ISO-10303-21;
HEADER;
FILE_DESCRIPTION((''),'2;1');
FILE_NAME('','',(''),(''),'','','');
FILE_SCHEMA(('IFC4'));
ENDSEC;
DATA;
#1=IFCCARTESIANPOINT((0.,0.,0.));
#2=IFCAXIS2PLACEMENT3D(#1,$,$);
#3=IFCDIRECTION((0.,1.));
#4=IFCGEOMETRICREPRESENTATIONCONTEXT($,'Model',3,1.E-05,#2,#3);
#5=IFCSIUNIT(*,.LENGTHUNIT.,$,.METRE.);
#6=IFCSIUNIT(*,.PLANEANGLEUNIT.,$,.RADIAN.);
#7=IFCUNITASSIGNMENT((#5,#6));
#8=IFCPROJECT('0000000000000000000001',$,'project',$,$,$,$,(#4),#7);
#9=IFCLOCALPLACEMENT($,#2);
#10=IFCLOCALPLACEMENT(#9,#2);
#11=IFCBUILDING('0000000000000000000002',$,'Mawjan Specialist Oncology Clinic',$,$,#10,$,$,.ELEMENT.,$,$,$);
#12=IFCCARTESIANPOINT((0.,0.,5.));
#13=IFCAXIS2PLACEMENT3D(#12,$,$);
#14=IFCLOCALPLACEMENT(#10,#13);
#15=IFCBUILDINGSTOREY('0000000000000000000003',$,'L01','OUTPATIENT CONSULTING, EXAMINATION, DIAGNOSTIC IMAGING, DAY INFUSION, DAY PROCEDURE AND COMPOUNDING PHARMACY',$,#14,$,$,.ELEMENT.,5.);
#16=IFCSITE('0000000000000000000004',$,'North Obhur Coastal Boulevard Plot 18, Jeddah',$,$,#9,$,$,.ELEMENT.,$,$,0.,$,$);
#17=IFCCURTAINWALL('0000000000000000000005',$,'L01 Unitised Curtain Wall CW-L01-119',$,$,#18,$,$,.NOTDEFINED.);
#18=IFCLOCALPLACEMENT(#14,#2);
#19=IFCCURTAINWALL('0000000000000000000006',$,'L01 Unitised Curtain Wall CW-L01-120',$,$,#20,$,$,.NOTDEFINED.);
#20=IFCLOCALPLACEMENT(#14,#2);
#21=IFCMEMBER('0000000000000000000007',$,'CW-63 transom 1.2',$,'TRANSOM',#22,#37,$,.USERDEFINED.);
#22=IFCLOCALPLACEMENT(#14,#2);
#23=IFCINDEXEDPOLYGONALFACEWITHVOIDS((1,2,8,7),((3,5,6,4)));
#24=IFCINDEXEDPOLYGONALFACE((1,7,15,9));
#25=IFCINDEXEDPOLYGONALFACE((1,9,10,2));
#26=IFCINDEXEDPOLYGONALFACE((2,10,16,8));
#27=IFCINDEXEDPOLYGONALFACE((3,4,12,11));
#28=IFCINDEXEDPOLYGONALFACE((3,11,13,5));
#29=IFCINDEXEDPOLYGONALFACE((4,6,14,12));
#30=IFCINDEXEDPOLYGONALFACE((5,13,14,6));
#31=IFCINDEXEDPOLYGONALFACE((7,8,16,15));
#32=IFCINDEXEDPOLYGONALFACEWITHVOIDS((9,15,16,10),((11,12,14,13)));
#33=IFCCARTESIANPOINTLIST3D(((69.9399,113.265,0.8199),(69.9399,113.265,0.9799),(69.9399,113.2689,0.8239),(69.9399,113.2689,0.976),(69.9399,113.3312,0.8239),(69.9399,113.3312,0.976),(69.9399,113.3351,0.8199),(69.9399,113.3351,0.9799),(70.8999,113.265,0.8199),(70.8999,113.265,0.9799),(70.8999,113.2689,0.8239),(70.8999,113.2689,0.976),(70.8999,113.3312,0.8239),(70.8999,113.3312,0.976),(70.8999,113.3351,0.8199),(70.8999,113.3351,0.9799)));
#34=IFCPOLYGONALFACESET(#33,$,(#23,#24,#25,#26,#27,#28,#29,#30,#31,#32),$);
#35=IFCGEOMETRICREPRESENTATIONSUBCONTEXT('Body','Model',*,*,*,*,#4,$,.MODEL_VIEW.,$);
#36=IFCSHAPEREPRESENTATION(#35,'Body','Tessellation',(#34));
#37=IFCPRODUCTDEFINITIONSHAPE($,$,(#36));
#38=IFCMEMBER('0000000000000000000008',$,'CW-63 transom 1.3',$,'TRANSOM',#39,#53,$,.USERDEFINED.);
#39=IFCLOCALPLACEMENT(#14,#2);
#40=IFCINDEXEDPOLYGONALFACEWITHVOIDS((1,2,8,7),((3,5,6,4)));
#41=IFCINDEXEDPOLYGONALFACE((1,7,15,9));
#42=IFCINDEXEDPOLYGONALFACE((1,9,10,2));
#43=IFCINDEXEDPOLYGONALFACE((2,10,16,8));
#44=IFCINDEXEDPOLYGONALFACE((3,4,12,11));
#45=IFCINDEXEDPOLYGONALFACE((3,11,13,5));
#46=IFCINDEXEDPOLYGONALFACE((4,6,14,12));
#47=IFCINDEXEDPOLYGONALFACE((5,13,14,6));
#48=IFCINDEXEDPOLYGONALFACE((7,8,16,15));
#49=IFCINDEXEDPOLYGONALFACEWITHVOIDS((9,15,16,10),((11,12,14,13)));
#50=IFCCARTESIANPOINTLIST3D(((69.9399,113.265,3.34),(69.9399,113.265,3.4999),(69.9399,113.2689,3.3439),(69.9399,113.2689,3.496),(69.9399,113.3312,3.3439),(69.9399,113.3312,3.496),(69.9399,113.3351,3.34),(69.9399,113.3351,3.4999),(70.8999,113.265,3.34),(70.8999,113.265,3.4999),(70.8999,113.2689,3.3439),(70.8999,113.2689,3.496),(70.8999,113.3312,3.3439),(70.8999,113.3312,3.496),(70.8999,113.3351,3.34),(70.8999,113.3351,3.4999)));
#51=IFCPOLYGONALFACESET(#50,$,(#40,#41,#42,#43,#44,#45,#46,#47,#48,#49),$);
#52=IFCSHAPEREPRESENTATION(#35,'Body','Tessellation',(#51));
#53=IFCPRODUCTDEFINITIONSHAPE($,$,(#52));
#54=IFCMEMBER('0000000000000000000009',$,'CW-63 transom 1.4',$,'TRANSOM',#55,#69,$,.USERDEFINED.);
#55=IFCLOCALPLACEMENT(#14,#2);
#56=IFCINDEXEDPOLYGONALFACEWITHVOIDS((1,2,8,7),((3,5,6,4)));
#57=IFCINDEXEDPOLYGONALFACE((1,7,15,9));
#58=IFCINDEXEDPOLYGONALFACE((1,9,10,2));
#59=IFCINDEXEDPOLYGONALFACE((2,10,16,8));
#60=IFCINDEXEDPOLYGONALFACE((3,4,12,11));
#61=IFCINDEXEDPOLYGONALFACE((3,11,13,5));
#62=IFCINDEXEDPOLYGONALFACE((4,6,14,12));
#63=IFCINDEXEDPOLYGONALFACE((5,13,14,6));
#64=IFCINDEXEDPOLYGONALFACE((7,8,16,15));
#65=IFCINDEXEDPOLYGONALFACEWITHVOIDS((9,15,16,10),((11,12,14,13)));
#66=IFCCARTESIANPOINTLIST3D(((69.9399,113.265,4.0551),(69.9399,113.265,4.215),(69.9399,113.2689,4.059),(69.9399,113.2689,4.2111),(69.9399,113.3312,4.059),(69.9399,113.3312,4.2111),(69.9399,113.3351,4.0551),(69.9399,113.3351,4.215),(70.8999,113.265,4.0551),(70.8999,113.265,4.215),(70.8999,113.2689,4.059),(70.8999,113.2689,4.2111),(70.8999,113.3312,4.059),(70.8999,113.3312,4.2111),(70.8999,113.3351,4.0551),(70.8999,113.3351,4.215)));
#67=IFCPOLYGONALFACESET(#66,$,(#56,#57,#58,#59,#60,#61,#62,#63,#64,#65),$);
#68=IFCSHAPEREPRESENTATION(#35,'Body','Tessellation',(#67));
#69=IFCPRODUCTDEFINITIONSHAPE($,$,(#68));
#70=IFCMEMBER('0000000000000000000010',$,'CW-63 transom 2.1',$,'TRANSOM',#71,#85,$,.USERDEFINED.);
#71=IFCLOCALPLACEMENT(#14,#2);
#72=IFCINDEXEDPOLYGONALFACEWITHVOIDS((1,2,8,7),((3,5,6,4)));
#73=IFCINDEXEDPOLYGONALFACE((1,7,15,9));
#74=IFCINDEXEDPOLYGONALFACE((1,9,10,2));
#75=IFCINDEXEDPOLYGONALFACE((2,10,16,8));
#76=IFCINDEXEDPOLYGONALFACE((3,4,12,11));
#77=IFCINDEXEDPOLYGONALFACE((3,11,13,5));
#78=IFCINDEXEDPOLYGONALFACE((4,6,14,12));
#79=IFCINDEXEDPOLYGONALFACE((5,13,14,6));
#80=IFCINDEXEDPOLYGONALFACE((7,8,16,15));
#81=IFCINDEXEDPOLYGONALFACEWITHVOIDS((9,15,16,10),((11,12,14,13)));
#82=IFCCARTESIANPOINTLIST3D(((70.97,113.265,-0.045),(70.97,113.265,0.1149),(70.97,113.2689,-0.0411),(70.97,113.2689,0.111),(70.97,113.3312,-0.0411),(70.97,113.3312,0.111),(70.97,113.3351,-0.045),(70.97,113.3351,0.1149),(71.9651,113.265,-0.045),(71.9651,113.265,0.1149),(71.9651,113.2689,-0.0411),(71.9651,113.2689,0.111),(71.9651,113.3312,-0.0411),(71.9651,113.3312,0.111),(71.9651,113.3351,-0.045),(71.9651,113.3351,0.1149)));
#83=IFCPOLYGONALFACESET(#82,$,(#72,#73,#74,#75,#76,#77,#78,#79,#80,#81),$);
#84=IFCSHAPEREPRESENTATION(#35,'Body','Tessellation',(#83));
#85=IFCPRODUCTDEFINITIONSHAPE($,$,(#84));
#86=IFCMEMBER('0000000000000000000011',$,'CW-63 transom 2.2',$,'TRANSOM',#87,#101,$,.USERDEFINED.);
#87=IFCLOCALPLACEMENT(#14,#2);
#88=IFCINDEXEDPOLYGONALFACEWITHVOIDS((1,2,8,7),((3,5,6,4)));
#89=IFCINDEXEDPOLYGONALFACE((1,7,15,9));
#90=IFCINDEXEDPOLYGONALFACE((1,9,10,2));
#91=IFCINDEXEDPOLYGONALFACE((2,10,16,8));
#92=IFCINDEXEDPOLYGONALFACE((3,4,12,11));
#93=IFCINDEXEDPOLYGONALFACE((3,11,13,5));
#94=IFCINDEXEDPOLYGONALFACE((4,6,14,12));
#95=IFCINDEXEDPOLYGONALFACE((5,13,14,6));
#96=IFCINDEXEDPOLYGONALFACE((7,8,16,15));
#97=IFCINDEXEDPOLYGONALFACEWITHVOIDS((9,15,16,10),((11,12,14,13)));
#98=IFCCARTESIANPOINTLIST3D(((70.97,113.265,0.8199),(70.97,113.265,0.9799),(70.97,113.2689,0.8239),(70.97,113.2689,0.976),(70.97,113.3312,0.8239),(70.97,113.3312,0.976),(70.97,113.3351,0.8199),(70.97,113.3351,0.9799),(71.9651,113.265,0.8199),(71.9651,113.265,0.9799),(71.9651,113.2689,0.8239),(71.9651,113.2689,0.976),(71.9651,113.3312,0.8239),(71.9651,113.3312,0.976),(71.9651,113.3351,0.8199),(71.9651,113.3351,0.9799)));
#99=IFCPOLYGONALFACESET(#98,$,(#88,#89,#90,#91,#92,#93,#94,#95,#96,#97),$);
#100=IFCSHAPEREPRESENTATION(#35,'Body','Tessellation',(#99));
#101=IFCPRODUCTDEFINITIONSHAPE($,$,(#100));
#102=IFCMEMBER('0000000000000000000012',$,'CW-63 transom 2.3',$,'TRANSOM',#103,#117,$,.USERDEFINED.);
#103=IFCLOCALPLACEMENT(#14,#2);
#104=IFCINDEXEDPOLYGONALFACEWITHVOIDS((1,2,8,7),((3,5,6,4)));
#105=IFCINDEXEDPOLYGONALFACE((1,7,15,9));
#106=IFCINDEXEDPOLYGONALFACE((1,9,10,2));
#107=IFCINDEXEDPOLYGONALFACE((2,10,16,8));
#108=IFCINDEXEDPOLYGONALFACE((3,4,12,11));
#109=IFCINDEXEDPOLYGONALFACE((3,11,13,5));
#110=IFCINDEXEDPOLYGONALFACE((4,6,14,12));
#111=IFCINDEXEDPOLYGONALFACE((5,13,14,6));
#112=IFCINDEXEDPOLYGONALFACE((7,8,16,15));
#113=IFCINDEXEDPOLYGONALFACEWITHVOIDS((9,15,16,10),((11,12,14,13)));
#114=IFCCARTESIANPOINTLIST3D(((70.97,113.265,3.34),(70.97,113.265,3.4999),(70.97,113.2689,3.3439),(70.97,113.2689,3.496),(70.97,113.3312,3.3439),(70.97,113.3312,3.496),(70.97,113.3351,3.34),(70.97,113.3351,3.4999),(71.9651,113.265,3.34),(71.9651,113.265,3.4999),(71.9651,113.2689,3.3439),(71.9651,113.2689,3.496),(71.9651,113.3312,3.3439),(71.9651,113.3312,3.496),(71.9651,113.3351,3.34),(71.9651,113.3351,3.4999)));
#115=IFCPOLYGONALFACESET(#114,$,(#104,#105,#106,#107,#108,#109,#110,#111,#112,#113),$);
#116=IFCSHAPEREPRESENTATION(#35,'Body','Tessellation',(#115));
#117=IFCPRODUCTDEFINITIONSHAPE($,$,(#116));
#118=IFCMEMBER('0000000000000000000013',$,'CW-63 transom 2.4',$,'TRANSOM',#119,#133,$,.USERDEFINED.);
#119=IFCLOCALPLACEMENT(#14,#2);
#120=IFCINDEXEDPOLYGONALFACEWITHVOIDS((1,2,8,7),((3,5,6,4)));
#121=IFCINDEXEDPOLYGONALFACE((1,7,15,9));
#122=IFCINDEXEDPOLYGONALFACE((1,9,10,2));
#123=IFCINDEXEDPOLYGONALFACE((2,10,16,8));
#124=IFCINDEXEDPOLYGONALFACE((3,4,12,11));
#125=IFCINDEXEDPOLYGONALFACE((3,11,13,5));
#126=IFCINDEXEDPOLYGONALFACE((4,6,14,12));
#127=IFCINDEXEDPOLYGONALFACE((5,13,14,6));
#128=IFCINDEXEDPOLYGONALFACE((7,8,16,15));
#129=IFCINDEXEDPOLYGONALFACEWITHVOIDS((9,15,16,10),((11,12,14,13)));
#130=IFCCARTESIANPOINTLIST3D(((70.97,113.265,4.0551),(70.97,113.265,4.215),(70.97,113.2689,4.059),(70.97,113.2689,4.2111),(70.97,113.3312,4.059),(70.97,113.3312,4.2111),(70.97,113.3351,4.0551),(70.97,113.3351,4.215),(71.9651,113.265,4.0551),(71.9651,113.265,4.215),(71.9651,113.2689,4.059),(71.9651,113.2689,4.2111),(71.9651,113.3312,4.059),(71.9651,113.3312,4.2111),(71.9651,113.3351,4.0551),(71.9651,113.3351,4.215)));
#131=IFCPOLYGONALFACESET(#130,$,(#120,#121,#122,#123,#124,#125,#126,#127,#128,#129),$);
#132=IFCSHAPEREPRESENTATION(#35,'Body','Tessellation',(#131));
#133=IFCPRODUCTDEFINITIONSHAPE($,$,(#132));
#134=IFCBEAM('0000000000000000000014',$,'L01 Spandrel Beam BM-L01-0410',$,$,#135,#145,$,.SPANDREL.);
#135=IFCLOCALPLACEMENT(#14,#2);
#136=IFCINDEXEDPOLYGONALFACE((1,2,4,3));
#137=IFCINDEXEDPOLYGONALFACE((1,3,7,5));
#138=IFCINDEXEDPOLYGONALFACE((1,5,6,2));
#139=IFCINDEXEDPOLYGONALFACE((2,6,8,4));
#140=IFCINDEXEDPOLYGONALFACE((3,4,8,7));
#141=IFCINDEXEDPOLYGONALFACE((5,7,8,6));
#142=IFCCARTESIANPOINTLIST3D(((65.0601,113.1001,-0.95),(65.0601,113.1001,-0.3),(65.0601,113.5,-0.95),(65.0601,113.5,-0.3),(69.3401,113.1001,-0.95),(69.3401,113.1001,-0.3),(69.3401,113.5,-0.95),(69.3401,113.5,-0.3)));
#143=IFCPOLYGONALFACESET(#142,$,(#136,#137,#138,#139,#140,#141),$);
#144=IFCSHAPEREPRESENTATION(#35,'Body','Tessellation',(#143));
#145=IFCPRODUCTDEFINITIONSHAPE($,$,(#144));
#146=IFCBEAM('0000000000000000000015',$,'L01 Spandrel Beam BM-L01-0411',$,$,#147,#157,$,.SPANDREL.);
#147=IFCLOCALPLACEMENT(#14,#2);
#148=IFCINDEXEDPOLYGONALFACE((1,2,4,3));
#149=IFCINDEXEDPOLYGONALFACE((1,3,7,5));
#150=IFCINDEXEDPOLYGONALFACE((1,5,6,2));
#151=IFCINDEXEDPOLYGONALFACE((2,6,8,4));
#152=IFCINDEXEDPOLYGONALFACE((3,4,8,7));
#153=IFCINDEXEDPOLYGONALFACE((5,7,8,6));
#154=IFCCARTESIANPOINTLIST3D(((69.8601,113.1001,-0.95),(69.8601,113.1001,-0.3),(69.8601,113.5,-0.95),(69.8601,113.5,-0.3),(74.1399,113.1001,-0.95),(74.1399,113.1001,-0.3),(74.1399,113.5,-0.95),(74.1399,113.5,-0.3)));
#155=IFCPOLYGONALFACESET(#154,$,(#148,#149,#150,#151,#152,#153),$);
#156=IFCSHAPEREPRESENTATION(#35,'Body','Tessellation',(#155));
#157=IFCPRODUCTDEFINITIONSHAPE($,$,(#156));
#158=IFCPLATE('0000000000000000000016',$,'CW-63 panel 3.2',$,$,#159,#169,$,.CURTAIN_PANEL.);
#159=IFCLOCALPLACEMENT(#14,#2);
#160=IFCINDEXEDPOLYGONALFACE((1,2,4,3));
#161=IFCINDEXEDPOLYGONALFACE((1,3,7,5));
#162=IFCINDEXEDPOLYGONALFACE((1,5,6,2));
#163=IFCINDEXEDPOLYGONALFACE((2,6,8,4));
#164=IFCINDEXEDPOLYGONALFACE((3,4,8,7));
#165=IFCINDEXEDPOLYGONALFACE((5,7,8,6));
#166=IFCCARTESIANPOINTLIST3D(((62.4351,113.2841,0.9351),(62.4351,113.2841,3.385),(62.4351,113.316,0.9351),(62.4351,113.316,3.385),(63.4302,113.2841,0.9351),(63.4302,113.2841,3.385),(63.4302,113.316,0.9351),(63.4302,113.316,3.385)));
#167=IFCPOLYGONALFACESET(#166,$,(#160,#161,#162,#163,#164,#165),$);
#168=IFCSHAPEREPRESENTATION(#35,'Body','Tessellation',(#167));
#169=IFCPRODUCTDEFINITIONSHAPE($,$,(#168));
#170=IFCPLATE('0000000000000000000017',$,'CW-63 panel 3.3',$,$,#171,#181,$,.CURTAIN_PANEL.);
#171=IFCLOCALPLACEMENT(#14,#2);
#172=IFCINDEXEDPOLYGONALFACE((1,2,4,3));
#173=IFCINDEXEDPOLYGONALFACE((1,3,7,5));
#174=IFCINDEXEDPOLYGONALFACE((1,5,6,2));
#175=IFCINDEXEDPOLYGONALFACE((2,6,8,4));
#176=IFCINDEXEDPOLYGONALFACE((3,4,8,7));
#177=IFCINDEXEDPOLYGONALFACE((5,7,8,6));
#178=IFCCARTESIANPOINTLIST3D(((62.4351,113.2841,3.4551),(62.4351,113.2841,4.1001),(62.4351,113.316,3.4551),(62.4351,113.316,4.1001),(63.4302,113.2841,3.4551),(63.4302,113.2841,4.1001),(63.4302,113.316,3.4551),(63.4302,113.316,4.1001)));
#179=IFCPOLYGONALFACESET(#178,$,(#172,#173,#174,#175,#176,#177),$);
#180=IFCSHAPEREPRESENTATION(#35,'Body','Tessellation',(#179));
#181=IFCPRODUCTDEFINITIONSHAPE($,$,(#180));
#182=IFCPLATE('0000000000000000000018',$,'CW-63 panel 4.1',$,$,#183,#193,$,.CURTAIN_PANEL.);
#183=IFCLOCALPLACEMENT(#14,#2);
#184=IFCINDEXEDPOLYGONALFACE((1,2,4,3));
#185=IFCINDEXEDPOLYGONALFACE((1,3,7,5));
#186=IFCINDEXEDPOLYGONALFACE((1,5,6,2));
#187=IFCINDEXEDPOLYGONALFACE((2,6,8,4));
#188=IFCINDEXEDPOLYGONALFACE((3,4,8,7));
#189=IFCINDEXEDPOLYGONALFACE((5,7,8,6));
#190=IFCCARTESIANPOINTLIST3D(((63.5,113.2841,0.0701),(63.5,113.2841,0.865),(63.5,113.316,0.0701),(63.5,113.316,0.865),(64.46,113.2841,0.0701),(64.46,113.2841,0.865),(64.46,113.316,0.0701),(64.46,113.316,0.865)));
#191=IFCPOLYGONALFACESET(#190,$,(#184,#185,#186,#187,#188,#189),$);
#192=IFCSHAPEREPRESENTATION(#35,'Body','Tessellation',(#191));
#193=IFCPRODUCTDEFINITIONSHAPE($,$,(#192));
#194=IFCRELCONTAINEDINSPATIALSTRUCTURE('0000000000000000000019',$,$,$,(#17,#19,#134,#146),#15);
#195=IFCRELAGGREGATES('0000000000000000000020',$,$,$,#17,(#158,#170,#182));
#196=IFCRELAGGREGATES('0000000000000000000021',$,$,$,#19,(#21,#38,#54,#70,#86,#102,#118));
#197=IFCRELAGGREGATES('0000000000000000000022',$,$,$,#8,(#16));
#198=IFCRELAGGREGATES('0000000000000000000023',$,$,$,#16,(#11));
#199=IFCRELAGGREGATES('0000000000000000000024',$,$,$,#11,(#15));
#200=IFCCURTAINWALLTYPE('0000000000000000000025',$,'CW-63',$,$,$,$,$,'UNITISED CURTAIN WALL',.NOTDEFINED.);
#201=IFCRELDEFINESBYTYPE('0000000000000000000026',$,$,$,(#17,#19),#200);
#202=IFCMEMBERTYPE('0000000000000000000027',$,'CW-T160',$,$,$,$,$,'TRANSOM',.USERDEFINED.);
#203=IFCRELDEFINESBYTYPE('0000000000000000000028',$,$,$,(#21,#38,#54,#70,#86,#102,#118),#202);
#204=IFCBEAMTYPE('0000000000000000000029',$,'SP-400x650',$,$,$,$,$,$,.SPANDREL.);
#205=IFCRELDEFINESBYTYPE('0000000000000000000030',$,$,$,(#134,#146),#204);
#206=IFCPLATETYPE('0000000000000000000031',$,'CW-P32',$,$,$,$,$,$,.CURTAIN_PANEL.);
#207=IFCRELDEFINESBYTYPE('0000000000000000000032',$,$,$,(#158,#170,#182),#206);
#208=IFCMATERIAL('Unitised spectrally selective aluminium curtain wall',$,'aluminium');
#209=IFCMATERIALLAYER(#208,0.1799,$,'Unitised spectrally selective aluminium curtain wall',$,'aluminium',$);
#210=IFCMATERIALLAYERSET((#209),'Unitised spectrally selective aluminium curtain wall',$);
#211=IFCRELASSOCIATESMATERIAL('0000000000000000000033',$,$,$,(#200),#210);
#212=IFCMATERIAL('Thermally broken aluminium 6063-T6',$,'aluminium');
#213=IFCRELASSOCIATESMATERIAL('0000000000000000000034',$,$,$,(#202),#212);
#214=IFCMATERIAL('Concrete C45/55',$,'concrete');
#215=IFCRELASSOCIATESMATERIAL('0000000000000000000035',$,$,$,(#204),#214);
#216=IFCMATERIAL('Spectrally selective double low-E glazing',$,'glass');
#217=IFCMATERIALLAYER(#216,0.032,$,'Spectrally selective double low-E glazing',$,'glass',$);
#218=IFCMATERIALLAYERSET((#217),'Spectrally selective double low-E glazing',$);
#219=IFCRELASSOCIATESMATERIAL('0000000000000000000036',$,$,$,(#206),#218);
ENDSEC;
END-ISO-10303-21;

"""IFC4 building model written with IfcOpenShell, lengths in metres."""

from ifc_helpers import new_model, si_unit, direction, frame, origin, origin_2d, place, context, subcontext, project, spatial, rectangle, hollow_rectangle, extrude, material, layer, layer_set, material_profile, profile_set, type_object, element, aggregate, save


model = new_model("IFC4")

# Units and contexts
model_context = context("Model", 3, precision=1e-05, world=origin(), true_north=direction((0.0, 1.0)))
body_context = subcontext(model_context, "Body", "Model", "MODEL_VIEW")
ifc_project = project(units=[si_unit("LENGTHUNIT", "METRE"), si_unit("PLANEANGLEUNIT", "RADIAN")], contexts=[model_context])

# Site, building, storey
site_placement = place(None, origin())
site = spatial("IfcSite", under=ifc_project, at=site_placement, Name="North Obhur Coastal Boulevard Plot 18, Jeddah", CompositionType="ELEMENT", RefElevation=0.0)
building_placement = place(site_placement, origin())
building = spatial("IfcBuilding", under=site, at=building_placement, Name="Mawjan Specialist Oncology Clinic", CompositionType="ELEMENT")
storey_placement = place(building_placement, frame((0.0, 0.0, 5.0)))
storey = spatial("IfcBuildingStorey", under=building, at=storey_placement, Name="L01", Description="OUTPATIENT CONSULTING, EXAMINATION, DIAGNOSTIC IMAGING, DAY INFUSION, DAY PROCEDURE AND COMPOUNDING PHARMACY", CompositionType="ELEMENT", Elevation=5.0)

# Curtain walls
ifc_material_1 = material(Name="Unitised spectrally selective aluminium curtain wall", Category="aluminium")
ifc_layer_1 = layer(ifc_material_1, 0.1799, Name="Unitised spectrally selective aluminium curtain wall", Category="aluminium")
ifc_layer_set_1 = layer_set([ifc_layer_1], Name="Unitised spectrally selective aluminium curtain wall")
curtain_wall_type = type_object("IfcCurtainWallType", Name="CW-63", ElementType="UNITISED CURTAIN WALL", PredefinedType="NOTDEFINED", material=ifc_layer_set_1)
curtain_wall_1_placement = place(storey_placement, origin())
curtain_wall_1 = element("IfcCurtainWall", 1, at=curtain_wall_1_placement, inside=storey, type_object=curtain_wall_type, Name="L01 Unitised Curtain Wall CW-L01-119", PredefinedType="NOTDEFINED")
curtain_wall_2_placement = place(storey_placement, origin())
curtain_wall_2 = element("IfcCurtainWall", 2, at=curtain_wall_2_placement, inside=storey, type_object=curtain_wall_type, Name="L01 Unitised Curtain Wall CW-L01-120", PredefinedType="NOTDEFINED")

# Members
ifc_material_2 = material(Name="Thermally broken aluminium 6063-T6", Category="aluminium")
ifc_material_profile_1 = material_profile(ifc_material_2, hollow_rectangle(XDim=0.0701, YDim=0.1599, WallThickness=0.0039, at=origin_2d()), Name="ALU TRANSOM 160x70x4", Category="aluminium")
ifc_profile_set_1 = profile_set([ifc_material_profile_1], Name="Thermally broken aluminium 6063-T6")
member_type_1 = type_object("IfcMemberType", Name="CW-T160", ElementType="TRANSOM", PredefinedType="USERDEFINED", material=ifc_profile_set_1)
member_1_placement = place(storey_placement, frame((69.9399, 113.3, 0.8999), z_axis=(1.0, 0.0, 0.0), x_axis=(0.0, 1.0, 0.0)))
member_1 = element("IfcMember", 3, at=member_1_placement, type_object=member_type_1, Name="CW-63 transom 1.2", ObjectType="TRANSOM", PredefinedType="USERDEFINED", context=body_context, shape_type="SweptSolid", body=[
    extrude(hollow_rectangle(XDim=0.0701, YDim=0.1599, WallThickness=0.0039, at=origin_2d()), origin(), (0.0, 0.0, 1.0), 0.96),
])
member_2_placement = place(storey_placement, frame((69.9399, 113.3, 3.4199), z_axis=(1.0, 0.0, 0.0), x_axis=(0.0, 1.0, 0.0)))
member_2 = element("IfcMember", 4, at=member_2_placement, type_object=member_type_1, Name="CW-63 transom 1.3", ObjectType="TRANSOM", PredefinedType="USERDEFINED", context=body_context, shape_type="SweptSolid", body=[
    extrude(hollow_rectangle(XDim=0.0701, YDim=0.1599, WallThickness=0.0039, at=origin_2d()), origin(), (0.0, 0.0, 1.0), 0.96),
])
member_3_placement = place(storey_placement, frame((69.9399, 113.3, 4.135), z_axis=(1.0, 0.0, 0.0), x_axis=(0.0, 1.0, 0.0)))
member_3 = element("IfcMember", 5, at=member_3_placement, type_object=member_type_1, Name="CW-63 transom 1.4", ObjectType="TRANSOM", PredefinedType="USERDEFINED", context=body_context, shape_type="SweptSolid", body=[
    extrude(hollow_rectangle(XDim=0.0701, YDim=0.1599, WallThickness=0.0039, at=origin_2d()), origin(), (0.0, 0.0, 1.0), 0.96),
])
member_4_placement = place(storey_placement, frame((70.97, 113.3, 0.0349), z_axis=(1.0, 0.0, 0.0), x_axis=(0.0, 1.0, 0.0)))
member_4 = element("IfcMember", 6, at=member_4_placement, type_object=member_type_1, Name="CW-63 transom 2.1", ObjectType="TRANSOM", PredefinedType="USERDEFINED", context=body_context, shape_type="SweptSolid", body=[
    extrude(hollow_rectangle(XDim=0.0701, YDim=0.1599, WallThickness=0.0039, at=origin_2d()), origin(), (0.0, 0.0, 1.0), 0.9951),
])
member_5_placement = place(storey_placement, frame((70.97, 113.3, 0.8999), z_axis=(1.0, 0.0, 0.0), x_axis=(0.0, 1.0, 0.0)))
member_5 = element("IfcMember", 7, at=member_5_placement, type_object=member_type_1, Name="CW-63 transom 2.2", ObjectType="TRANSOM", PredefinedType="USERDEFINED", context=body_context, shape_type="SweptSolid", body=[
    extrude(hollow_rectangle(XDim=0.0701, YDim=0.1599, WallThickness=0.0039, at=origin_2d()), origin(), (0.0, 0.0, 1.0), 0.9951),
])
member_6_placement = place(storey_placement, frame((70.97, 113.3, 3.4199), z_axis=(1.0, 0.0, 0.0), x_axis=(0.0, 1.0, 0.0)))
member_6 = element("IfcMember", 8, at=member_6_placement, type_object=member_type_1, Name="CW-63 transom 2.3", ObjectType="TRANSOM", PredefinedType="USERDEFINED", context=body_context, shape_type="SweptSolid", body=[
    extrude(hollow_rectangle(XDim=0.0701, YDim=0.1599, WallThickness=0.0039, at=origin_2d()), origin(), (0.0, 0.0, 1.0), 0.9951),
])
member_7_placement = place(storey_placement, frame((70.97, 113.3, 4.135), z_axis=(1.0, 0.0, 0.0), x_axis=(0.0, 1.0, 0.0)))
member_7 = element("IfcMember", 9, at=member_7_placement, type_object=member_type_1, Name="CW-63 transom 2.4", ObjectType="TRANSOM", PredefinedType="USERDEFINED", context=body_context, shape_type="SweptSolid", body=[
    extrude(hollow_rectangle(XDim=0.0701, YDim=0.1599, WallThickness=0.0039, at=origin_2d()), origin(), (0.0, 0.0, 1.0), 0.9951),
])

# Beams
ifc_material_3 = material(Name="Concrete C45/55", Category="concrete")
ifc_material_profile_2 = material_profile(ifc_material_3, rectangle(XDim=0.3999, YDim=0.6499, at=origin_2d()), Name="RC BM 400x650", Category="concrete")
ifc_profile_set_2 = profile_set([ifc_material_profile_2], Name="Concrete C45/55")
beam_type = type_object("IfcBeamType", Name="SP-400x650", PredefinedType="SPANDREL", material=ifc_profile_set_2)
beam_1_placement = place(storey_placement, frame((65.0601, 113.3, -0.625), z_axis=(1.0, 0.0, 0.0), x_axis=(0.0, 1.0, 0.0)))
element("IfcBeam", 10, at=beam_1_placement, inside=storey, type_object=beam_type, Name="L01 Spandrel Beam BM-L01-0410", PredefinedType="SPANDREL", context=body_context, shape_type="SweptSolid", body=[
    extrude(rectangle(XDim=0.3999, YDim=0.6499, at=origin_2d()), origin(), (0.0, 0.0, 1.0), 4.28),
])
beam_2_placement = place(storey_placement, frame((69.8601, 113.3, -0.625), z_axis=(1.0, 0.0, 0.0), x_axis=(0.0, 1.0, 0.0)))
element("IfcBeam", 11, at=beam_2_placement, inside=storey, type_object=beam_type, Name="L01 Spandrel Beam BM-L01-0411", PredefinedType="SPANDREL", context=body_context, shape_type="SweptSolid", body=[
    extrude(rectangle(XDim=0.3999, YDim=0.6499, at=origin_2d()), origin(), (0.0, 0.0, 1.0), 4.2798),
])

# Plates
ifc_material_4 = material(Name="Spectrally selective double low-E glazing", Category="glass")
ifc_layer_2 = layer(ifc_material_4, 0.032, Name="Spectrally selective double low-E glazing", Category="glass")
ifc_layer_set_2 = layer_set([ifc_layer_2], Name="Spectrally selective double low-E glazing")
plate_type = type_object("IfcPlateType", Name="CW-P32", PredefinedType="CURTAIN_PANEL", material=ifc_layer_set_2)
plate_1_placement = place(storey_placement, frame((62.9326, 113.3, 0.9351), z_axis=(0.0, 0.0, 1.0), x_axis=(1.0, 0.0, 0.0)))
plate_1 = element("IfcPlate", 12, at=plate_1_placement, type_object=plate_type, Name="CW-63 panel 3.2", PredefinedType="CURTAIN_PANEL", context=body_context, shape_type="SweptSolid", body=[
    extrude(rectangle(XDim=0.9951, YDim=0.032, at=origin_2d()), origin(), (0.0, 0.0, 1.0), 2.45),
])
plate_2_placement = place(storey_placement, frame((62.9326, 113.3, 3.4551), z_axis=(0.0, 0.0, 1.0), x_axis=(1.0, 0.0, 0.0)))
plate_2 = element("IfcPlate", 13, at=plate_2_placement, type_object=plate_type, Name="CW-63 panel 3.3", PredefinedType="CURTAIN_PANEL", context=body_context, shape_type="SweptSolid", body=[
    extrude(rectangle(XDim=0.9951, YDim=0.032, at=origin_2d()), origin(), (0.0, 0.0, 1.0), 0.645),
])
plate_3_placement = place(storey_placement, frame((63.98, 113.3, 0.0701), z_axis=(0.0, 0.0, 1.0), x_axis=(1.0, 0.0, 0.0)))
plate_3 = element("IfcPlate", 14, at=plate_3_placement, type_object=plate_type, Name="CW-63 panel 4.1", PredefinedType="CURTAIN_PANEL", context=body_context, shape_type="SweptSolid", body=[
    extrude(rectangle(XDim=0.96, YDim=0.032, at=origin_2d()), origin(), (0.0, 0.0, 1.0), 0.7949),
])
aggregate(curtain_wall_1, [plate_1, plate_2, plate_3])
aggregate(curtain_wall_2, [member_1, member_2, member_3, member_4, member_5, member_6, member_7])

save(model, "model.ifc")
